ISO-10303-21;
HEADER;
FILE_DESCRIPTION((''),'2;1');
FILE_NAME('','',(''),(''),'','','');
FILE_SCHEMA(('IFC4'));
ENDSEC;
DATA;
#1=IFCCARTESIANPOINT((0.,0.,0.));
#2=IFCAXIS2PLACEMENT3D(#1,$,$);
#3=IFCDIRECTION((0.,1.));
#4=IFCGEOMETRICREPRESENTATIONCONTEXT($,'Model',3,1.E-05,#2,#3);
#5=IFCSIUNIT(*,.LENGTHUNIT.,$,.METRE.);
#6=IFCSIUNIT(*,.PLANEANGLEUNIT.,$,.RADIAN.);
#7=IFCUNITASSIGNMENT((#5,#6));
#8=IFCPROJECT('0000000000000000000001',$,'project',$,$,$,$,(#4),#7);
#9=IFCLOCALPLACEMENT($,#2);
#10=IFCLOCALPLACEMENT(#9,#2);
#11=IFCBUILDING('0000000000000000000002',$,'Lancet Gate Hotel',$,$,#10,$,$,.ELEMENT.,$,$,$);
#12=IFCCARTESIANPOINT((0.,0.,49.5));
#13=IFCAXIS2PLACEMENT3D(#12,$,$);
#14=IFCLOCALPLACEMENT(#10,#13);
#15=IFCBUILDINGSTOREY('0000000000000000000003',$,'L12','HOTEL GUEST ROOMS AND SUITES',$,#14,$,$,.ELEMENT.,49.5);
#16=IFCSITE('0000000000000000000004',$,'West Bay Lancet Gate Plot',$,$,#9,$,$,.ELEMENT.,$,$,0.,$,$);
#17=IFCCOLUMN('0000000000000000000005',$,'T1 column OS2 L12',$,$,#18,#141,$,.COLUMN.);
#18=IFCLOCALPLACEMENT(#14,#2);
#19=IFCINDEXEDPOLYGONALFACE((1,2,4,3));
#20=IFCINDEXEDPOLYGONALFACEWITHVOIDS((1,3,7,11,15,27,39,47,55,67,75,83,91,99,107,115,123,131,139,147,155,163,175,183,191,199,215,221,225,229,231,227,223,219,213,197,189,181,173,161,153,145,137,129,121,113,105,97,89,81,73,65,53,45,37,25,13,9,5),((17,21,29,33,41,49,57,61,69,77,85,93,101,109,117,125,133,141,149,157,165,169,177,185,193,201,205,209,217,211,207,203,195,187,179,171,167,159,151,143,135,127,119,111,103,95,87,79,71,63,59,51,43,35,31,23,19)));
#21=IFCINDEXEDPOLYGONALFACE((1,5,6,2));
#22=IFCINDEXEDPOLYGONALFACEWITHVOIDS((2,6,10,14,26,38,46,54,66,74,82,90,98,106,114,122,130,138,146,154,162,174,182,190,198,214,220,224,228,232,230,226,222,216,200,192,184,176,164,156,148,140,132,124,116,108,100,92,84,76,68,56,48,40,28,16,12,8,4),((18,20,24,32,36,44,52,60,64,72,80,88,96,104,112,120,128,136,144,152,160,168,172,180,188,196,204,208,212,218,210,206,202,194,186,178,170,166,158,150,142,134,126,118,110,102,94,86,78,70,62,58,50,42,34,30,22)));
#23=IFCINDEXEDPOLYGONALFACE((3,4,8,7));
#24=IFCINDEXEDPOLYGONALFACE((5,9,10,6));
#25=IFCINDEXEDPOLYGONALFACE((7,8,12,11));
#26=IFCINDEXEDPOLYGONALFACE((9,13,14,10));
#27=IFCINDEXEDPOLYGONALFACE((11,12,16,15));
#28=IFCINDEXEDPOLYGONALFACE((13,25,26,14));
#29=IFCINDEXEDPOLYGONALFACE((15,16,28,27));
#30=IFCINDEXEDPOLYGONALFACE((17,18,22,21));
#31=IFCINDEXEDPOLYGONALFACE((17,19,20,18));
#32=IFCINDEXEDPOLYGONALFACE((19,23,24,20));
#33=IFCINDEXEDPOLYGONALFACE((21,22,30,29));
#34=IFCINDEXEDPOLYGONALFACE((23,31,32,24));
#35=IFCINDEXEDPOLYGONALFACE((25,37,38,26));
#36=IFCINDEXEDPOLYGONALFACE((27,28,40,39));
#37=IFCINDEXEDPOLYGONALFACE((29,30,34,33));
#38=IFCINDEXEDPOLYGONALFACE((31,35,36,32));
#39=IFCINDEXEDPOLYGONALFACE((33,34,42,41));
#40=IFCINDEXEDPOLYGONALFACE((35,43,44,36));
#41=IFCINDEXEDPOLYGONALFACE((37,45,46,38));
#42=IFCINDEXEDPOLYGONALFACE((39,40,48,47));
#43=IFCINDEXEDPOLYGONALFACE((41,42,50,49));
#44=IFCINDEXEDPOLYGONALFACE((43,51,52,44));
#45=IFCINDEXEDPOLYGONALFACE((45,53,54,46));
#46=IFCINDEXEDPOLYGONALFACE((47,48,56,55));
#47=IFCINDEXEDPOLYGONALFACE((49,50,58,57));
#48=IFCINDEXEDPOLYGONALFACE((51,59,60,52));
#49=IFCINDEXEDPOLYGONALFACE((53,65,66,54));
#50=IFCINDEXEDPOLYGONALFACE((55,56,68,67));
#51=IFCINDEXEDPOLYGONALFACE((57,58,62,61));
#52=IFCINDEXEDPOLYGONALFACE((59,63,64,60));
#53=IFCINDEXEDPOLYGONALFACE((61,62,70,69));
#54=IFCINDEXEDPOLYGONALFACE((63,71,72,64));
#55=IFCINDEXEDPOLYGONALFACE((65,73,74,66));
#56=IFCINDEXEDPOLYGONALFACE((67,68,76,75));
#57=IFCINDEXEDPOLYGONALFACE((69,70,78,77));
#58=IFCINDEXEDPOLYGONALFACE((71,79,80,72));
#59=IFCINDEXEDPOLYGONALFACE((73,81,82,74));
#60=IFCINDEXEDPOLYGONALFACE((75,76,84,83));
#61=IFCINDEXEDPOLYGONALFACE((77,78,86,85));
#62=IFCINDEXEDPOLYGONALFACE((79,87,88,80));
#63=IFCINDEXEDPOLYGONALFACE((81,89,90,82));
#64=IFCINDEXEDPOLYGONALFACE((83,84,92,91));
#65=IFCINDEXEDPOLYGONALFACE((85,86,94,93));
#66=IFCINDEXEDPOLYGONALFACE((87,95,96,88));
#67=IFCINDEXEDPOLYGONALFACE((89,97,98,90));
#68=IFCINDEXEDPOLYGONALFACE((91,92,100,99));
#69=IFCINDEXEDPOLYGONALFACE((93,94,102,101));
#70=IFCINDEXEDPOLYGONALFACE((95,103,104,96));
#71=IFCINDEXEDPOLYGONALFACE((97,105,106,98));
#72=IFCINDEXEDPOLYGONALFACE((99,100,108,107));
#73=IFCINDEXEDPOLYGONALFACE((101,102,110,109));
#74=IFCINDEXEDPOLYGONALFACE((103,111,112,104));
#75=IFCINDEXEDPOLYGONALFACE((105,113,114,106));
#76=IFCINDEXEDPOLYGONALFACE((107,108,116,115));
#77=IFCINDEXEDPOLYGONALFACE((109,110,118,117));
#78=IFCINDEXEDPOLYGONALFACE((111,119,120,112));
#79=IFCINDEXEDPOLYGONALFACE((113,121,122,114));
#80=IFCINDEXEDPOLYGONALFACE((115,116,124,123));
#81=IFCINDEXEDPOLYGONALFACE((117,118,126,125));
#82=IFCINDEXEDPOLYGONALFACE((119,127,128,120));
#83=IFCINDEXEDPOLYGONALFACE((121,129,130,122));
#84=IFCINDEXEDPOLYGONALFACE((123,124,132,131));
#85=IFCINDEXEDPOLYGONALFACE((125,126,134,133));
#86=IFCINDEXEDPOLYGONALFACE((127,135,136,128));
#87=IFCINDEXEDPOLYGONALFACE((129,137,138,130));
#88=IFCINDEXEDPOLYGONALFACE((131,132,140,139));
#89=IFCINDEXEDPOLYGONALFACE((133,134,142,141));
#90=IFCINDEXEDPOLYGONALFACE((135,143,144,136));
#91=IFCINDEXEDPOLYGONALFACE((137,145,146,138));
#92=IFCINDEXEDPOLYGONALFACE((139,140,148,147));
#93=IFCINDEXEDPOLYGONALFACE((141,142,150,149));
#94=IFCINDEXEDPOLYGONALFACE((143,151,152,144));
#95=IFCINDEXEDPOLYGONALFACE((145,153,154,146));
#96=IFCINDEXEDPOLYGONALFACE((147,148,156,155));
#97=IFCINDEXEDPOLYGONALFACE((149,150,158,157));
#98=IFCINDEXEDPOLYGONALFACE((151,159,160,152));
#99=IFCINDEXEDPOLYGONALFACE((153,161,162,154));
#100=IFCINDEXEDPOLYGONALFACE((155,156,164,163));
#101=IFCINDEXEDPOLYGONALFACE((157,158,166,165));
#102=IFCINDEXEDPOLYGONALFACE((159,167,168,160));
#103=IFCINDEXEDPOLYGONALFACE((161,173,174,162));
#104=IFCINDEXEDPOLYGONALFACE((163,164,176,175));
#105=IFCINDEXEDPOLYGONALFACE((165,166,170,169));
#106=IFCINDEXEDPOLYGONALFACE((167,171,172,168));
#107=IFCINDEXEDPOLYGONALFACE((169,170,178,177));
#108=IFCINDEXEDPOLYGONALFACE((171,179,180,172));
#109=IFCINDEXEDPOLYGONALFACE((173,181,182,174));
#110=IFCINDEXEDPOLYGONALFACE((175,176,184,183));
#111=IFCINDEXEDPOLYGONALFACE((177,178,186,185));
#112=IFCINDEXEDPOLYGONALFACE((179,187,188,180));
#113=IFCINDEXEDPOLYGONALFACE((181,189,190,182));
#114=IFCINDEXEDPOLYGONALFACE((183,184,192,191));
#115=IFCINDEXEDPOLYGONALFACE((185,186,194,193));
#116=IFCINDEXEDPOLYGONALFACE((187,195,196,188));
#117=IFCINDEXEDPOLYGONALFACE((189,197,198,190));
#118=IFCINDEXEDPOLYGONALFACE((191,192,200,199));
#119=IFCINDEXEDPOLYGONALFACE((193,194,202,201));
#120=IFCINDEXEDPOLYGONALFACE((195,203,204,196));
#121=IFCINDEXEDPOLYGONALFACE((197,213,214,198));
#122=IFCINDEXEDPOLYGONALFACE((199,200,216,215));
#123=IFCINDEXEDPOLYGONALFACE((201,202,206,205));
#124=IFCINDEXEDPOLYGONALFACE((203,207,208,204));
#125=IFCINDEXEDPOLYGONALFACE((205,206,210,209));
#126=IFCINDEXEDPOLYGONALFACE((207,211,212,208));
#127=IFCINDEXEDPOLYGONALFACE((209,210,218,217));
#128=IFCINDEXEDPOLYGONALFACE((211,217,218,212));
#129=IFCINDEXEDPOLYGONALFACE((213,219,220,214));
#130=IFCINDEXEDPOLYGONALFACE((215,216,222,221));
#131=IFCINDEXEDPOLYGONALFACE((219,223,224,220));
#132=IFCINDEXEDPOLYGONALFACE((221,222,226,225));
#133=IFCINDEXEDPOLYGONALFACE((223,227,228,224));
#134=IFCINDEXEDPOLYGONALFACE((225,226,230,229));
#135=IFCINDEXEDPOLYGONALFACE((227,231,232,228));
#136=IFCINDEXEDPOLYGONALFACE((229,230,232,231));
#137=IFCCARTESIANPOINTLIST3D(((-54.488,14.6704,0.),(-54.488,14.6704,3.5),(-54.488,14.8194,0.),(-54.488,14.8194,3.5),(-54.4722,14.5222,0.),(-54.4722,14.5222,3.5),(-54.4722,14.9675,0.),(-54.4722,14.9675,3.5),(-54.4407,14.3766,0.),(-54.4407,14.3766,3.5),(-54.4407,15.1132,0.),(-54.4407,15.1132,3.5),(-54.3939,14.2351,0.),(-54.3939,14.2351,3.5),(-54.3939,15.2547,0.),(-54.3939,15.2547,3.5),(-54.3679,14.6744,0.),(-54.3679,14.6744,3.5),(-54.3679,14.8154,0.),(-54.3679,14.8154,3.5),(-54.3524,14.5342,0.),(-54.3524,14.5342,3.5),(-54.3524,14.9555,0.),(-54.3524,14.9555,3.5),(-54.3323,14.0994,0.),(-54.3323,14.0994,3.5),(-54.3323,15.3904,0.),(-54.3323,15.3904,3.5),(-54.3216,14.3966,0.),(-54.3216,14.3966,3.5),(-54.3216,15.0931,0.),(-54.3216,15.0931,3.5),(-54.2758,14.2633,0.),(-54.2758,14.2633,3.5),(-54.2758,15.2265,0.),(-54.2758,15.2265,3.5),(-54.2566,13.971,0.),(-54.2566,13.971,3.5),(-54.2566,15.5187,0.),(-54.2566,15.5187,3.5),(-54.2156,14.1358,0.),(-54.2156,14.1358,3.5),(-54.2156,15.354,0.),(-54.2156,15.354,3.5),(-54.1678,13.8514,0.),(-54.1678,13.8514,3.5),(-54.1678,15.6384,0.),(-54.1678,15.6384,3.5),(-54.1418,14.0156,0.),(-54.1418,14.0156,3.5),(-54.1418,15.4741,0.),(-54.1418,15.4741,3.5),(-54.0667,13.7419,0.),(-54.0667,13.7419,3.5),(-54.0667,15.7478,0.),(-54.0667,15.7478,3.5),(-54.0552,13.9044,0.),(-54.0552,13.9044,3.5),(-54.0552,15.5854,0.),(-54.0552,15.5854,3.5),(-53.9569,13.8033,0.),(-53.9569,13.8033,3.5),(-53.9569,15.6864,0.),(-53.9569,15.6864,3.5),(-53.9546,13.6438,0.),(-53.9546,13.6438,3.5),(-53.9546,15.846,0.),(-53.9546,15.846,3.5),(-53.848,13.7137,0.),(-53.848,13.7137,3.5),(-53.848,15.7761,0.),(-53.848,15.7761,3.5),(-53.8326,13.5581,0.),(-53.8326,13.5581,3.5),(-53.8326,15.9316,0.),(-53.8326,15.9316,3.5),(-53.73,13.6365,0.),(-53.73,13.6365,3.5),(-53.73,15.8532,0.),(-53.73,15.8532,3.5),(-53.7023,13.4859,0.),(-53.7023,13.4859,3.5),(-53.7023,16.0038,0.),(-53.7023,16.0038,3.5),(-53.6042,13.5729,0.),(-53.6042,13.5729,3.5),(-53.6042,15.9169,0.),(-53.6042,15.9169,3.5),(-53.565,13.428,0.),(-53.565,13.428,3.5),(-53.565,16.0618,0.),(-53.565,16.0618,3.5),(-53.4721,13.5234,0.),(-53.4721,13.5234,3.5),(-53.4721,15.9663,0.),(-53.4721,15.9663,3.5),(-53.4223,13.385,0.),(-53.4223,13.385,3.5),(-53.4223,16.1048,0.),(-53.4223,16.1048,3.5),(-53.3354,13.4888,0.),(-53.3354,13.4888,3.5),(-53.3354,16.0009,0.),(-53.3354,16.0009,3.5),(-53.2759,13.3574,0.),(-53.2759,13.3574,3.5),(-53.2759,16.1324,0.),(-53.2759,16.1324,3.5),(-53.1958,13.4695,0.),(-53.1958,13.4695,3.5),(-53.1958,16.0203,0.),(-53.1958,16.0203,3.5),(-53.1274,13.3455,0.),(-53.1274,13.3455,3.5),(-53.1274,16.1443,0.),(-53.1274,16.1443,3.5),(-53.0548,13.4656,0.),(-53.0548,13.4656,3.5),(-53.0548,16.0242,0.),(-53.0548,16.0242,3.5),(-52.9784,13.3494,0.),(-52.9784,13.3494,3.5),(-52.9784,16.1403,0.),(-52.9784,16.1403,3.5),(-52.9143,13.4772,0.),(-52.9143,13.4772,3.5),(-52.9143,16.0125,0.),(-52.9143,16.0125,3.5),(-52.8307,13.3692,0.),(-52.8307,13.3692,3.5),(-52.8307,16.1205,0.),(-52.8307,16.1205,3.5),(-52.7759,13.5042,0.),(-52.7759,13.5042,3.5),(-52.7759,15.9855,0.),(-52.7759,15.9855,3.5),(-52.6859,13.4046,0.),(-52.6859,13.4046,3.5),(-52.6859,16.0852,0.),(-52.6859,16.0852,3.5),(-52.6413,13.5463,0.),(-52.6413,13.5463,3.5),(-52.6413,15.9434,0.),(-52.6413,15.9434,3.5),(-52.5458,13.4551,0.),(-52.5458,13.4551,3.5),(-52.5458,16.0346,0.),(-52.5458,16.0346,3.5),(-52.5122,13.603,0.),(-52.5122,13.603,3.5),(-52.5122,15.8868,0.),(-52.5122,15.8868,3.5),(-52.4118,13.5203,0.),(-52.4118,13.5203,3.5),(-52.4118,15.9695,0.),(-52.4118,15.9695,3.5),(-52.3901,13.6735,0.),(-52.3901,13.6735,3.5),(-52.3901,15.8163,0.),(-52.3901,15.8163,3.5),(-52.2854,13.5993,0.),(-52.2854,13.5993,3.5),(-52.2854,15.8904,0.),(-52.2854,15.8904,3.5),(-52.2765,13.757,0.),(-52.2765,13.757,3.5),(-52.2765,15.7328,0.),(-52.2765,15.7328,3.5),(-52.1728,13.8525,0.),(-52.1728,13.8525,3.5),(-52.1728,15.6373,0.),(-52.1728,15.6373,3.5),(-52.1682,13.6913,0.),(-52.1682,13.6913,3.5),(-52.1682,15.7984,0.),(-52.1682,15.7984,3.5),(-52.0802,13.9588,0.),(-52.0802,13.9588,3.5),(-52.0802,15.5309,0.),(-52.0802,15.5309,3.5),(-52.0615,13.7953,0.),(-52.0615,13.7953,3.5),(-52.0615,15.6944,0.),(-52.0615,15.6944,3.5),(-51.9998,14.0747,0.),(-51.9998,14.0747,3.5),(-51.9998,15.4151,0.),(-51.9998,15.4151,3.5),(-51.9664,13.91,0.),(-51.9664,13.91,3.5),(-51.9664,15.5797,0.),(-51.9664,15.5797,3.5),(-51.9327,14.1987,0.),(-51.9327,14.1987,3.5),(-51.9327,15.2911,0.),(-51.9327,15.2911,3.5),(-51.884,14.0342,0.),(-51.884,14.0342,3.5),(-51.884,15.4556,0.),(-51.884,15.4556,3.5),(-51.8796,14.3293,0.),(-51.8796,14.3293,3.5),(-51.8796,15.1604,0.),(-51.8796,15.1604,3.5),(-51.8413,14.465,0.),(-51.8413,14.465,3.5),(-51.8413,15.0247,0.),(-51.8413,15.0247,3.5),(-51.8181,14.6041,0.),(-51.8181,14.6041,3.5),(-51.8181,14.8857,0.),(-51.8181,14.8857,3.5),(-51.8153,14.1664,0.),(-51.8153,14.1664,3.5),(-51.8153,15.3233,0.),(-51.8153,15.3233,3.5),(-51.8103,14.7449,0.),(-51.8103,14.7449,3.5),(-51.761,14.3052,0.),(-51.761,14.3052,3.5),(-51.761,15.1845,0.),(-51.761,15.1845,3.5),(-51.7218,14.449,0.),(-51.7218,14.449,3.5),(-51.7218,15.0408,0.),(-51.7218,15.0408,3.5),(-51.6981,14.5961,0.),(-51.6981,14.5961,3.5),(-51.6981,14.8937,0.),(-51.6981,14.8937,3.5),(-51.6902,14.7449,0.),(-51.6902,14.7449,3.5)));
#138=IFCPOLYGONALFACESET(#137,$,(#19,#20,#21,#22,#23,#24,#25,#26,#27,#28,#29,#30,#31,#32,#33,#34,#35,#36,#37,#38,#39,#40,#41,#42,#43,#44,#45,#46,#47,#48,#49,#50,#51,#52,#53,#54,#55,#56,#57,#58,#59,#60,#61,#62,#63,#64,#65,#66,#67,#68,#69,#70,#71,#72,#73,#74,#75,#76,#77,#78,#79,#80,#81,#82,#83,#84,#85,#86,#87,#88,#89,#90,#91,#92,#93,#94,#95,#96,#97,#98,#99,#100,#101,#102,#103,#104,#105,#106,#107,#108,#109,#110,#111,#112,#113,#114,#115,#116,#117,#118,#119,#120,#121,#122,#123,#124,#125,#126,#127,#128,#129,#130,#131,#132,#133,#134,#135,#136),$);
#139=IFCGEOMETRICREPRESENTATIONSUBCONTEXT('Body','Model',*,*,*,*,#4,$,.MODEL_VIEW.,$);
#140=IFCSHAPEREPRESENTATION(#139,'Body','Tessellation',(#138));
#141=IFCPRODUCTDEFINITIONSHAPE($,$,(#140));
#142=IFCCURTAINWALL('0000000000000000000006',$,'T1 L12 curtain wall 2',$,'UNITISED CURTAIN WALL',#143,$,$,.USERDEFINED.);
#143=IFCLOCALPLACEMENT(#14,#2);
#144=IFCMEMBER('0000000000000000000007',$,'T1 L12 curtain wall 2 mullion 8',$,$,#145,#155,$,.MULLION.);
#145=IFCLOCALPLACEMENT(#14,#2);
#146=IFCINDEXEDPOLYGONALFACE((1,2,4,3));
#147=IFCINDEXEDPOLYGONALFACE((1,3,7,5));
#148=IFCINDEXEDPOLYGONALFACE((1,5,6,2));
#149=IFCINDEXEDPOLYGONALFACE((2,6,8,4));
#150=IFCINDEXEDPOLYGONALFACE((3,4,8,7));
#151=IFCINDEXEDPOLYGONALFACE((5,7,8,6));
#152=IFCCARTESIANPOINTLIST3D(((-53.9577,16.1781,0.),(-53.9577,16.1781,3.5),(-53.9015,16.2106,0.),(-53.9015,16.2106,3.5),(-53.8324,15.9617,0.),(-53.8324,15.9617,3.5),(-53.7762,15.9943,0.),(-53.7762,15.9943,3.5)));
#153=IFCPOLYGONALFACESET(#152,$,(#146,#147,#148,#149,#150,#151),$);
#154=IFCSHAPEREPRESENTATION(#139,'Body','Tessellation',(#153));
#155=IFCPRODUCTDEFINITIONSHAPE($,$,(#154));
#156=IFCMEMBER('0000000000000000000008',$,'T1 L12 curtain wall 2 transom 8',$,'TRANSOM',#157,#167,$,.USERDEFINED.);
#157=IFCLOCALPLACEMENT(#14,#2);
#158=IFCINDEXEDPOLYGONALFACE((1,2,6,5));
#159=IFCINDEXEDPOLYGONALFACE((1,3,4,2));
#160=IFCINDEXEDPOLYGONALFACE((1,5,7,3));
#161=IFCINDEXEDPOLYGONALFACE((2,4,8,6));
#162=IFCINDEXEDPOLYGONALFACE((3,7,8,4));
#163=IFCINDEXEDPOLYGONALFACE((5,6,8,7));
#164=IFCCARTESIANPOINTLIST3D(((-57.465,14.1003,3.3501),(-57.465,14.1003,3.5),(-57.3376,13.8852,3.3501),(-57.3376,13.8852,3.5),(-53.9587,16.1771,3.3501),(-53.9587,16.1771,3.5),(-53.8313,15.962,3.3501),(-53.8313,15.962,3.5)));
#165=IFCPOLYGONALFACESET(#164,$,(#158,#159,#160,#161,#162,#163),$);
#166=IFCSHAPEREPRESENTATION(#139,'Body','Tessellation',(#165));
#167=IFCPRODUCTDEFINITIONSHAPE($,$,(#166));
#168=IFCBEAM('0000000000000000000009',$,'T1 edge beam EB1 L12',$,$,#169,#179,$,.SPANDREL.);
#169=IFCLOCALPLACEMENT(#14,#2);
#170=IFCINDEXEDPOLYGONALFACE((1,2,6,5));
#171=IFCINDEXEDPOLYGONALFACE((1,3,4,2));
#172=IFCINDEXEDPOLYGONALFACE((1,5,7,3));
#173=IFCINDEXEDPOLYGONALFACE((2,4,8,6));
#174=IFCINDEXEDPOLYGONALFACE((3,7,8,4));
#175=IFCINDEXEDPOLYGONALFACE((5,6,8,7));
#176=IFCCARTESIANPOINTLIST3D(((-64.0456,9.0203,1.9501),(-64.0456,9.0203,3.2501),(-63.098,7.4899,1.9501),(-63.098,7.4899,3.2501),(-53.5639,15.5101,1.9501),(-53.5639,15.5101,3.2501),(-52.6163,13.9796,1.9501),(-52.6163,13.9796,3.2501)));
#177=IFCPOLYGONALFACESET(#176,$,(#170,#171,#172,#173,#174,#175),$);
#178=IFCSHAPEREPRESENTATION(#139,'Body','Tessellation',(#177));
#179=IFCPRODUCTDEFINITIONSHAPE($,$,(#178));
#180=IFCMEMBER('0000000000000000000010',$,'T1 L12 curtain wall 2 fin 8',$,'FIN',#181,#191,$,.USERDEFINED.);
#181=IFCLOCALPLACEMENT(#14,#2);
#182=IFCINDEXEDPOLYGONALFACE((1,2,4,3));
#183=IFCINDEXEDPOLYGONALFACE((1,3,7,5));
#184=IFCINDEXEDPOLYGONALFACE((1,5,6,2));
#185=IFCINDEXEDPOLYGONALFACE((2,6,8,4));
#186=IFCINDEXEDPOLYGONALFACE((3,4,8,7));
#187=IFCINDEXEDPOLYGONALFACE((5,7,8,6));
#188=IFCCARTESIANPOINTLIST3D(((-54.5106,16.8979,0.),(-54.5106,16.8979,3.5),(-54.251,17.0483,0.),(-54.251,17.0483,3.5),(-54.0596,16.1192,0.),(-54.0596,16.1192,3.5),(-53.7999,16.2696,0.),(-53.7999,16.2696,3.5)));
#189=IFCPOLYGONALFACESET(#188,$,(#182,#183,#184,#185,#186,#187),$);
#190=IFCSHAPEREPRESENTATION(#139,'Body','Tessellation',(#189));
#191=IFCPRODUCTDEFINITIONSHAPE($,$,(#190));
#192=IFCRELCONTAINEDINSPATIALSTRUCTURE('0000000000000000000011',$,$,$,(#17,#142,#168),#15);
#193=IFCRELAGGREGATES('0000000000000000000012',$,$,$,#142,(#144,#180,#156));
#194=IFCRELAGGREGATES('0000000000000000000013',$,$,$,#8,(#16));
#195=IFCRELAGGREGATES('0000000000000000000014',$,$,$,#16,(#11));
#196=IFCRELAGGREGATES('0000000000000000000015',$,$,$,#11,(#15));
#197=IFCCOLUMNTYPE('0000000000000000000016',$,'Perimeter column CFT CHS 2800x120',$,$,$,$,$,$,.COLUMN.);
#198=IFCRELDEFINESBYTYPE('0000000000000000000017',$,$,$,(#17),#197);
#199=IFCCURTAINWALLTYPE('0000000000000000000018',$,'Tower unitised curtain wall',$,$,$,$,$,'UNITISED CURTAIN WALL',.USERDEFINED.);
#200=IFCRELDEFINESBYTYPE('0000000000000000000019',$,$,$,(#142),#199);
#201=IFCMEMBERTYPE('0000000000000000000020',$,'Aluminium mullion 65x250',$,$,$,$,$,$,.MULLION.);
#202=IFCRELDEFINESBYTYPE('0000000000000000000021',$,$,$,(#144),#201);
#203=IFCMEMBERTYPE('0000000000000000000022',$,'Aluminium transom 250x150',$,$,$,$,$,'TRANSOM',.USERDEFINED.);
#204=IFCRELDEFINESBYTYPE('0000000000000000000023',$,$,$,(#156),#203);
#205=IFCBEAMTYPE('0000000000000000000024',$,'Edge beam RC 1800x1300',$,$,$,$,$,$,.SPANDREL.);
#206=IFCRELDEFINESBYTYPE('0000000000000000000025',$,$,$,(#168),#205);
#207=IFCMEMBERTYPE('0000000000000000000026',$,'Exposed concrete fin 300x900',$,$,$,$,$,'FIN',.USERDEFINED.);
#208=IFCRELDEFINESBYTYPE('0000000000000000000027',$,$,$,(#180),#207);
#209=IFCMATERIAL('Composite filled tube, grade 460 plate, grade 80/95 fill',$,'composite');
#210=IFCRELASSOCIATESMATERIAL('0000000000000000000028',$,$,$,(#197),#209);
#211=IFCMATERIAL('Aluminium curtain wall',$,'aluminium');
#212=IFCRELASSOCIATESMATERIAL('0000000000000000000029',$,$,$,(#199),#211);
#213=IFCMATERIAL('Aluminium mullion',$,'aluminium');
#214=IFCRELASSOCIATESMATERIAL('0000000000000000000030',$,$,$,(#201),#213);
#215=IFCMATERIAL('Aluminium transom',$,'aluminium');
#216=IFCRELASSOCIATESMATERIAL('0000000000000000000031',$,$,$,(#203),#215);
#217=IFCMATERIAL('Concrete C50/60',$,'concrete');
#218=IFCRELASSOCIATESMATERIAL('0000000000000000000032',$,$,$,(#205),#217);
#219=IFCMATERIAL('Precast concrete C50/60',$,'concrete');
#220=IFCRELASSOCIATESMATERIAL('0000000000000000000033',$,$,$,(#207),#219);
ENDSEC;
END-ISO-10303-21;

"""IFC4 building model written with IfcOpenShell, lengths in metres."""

from ifc_helpers import new_model, si_unit, direction, frame, origin, origin_2d, place, context, subcontext, project, spatial, rectangle, hollow_circle, extrude, material, material_profile, profile_set, type_object, element, aggregate, save


model = new_model("IFC4")

# Units and contexts
model_context = context("Model", 3, precision=1e-05, world=origin(), true_north=direction((0.0, 1.0)))
body_context = subcontext(model_context, "Body", "Model", "MODEL_VIEW")
ifc_project = project(units=[si_unit("LENGTHUNIT", "METRE"), si_unit("PLANEANGLEUNIT", "RADIAN")], contexts=[model_context])

# Site, building, storey
site_placement = place(None, origin())
site = spatial("IfcSite", under=ifc_project, at=site_placement, Name="West Bay Lancet Gate Plot", CompositionType="ELEMENT", RefElevation=0.0)
building_placement = place(site_placement, origin())
building = spatial("IfcBuilding", under=site, at=building_placement, Name="Lancet Gate Hotel", CompositionType="ELEMENT")
storey_placement = place(building_placement, frame((0.0, 0.0, 49.5)))
storey = spatial("IfcBuildingStorey", under=building, at=storey_placement, Name="L12", Description="HOTEL GUEST ROOMS AND SUITES", CompositionType="ELEMENT", Elevation=49.5)

# Column
ifc_material_1 = material(Name="Composite filled tube, grade 460 plate, grade 80/95 fill", Category="composite")
ifc_material_profile_1 = material_profile(ifc_material_1, hollow_circle(Radius=1.3999, WallThickness=0.1201, at=origin_2d()), Name="CHS 2800x120")
ifc_profile_set_1 = profile_set([ifc_material_profile_1], Name="Composite filled tube, grade 460 plate, grade 80/95 fill")
column_type = type_object("IfcColumnType", Name="Perimeter column CFT CHS 2800x120", PredefinedType="COLUMN", material=ifc_profile_set_1)
column_placement = place(storey_placement, frame((-53.0901, 14.7449, 0.0), z_axis=(0.0, 0.0, 1.0), x_axis=(1.0, 0.0, 0.0)))
element("IfcColumn", 1, at=column_placement, inside=storey, type_object=column_type, Name="T1 column OS2 L12", PredefinedType="COLUMN", context=body_context, shape_type="SweptSolid", body=[
    extrude(hollow_circle(Radius=1.3999, WallThickness=0.1201, at=origin_2d()), origin(), (0.0, 0.0, 1.0), 3.5),
])

# Curtain wall, members
ifc_material_2 = material(Name="Aluminium curtain wall", Category="aluminium")
curtain_wall_type = type_object("IfcCurtainWallType", Name="Tower unitised curtain wall", ElementType="UNITISED CURTAIN WALL", PredefinedType="USERDEFINED", material=ifc_material_2)
curtain_wall_placement = place(storey_placement, origin())
curtain_wall = element("IfcCurtainWall", 2, at=curtain_wall_placement, inside=storey, type_object=curtain_wall_type, Name="T1 L12 curtain wall 2", ObjectType="UNITISED CURTAIN WALL", PredefinedType="USERDEFINED")
ifc_material_3 = material(Name="Aluminium mullion", Category="aluminium")
ifc_material_profile_2 = material_profile(ifc_material_3, rectangle(XDim=0.0649, YDim=0.25, at=origin_2d()), Name="MULLION 65x250")
ifc_profile_set_2 = profile_set([ifc_material_profile_2], Name="Aluminium mullion")
member_type_1 = type_object("IfcMemberType", Name="Aluminium mullion 65x250", PredefinedType="MULLION", material=ifc_profile_set_2)
member_1_placement = place(storey_placement, frame((-53.8669, 16.0862, 0.0), z_axis=(0.0, 0.0, 1.0), x_axis=(-0.865335, -0.501194, 0.0)))
member_1 = element("IfcMember", 3, at=member_1_placement, type_object=member_type_1, Name="T1 L12 curtain wall 2 mullion 8", PredefinedType="MULLION", context=body_context, shape_type="SweptSolid", body=[
    extrude(rectangle(XDim=0.0649, YDim=0.25, at=origin_2d()), origin(), (0.0, 0.0, 1.0), 3.5),
])
ifc_material_4 = material(Name="Aluminium transom", Category="aluminium")
ifc_material_profile_3 = material_profile(ifc_material_4, rectangle(XDim=0.25, YDim=0.1499, at=origin_2d()), Name="TRANSOM 250x150")
ifc_profile_set_3 = profile_set([ifc_material_profile_3], Name="Aluminium transom")
member_type_2 = type_object("IfcMemberType", Name="Aluminium transom 250x150", ElementType="TRANSOM", PredefinedType="USERDEFINED", material=ifc_profile_set_3)
member_2_placement = place(storey_placement, frame((-53.895, 16.0696, 3.425), z_axis=(-0.860392, -0.509633, 0.0), x_axis=(0.509633, -0.860392, 0.0)))
member_2 = element("IfcMember", 4, at=member_2_placement, type_object=member_type_2, Name="T1 L12 curtain wall 2 transom 8", ObjectType="TRANSOM", PredefinedType="USERDEFINED", context=body_context, shape_type="SweptSolid", body=[
    extrude(rectangle(XDim=0.25, YDim=0.1499, at=origin_2d()), origin(), (0.0, 0.0, 1.0), 4.0752),
])

# Beam
ifc_material_5 = material(Name="Concrete C50/60", Category="concrete")
ifc_material_profile_4 = material_profile(ifc_material_5, rectangle(XDim=1.8, YDim=1.3, at=origin_2d()), Name="RC 1800x1300")
ifc_profile_set_4 = profile_set([ifc_material_profile_4], Name="Concrete C50/60")
beam_type_1 = type_object("IfcBeamType", Name="Edge beam RC 1800x1300", PredefinedType="SPANDREL", material=ifc_profile_set_4)
beam_1_placement = place(storey_placement, frame((-53.0901, 14.7449, 2.6001), z_axis=(-0.850226, -0.526418, 0.0), x_axis=(0.526418, -0.850226, 0.0)))
element("IfcBeam", 5, at=beam_1_placement, inside=storey, type_object=beam_type_1, Name="T1 edge beam EB1 L12", PredefinedType="SPANDREL", context=body_context, shape_type="SweptSolid", body=[
    extrude(rectangle(XDim=1.8, YDim=1.3, at=origin_2d()), origin(), (0.0, 0.0, 1.0), 12.3281),
])

# Member
ifc_material_6 = material(Name="Precast concrete C50/60", Category="concrete")
ifc_material_profile_5 = material_profile(ifc_material_6, rectangle(XDim=0.3, YDim=0.8999, at=origin_2d()), Name="FIN 300x900")
ifc_profile_set_5 = profile_set([ifc_material_profile_5], Name="Precast concrete C50/60")
member_type_3 = type_object("IfcMemberType", Name="Exposed concrete fin 300x900", ElementType="FIN", PredefinedType="USERDEFINED", material=ifc_profile_set_5)
member_3_placement = place(storey_placement, frame((-54.1553, 16.5837, 0.0), z_axis=(0.0, 0.0, 1.0), x_axis=(-0.865335, -0.501194, 0.0)))
member_3 = element("IfcMember", 6, at=member_3_placement, type_object=member_type_3, Name="T1 L12 curtain wall 2 fin 8", ObjectType="FIN", PredefinedType="USERDEFINED", context=body_context, shape_type="SweptSolid", body=[
    extrude(rectangle(XDim=0.3, YDim=0.8999, at=origin_2d()), origin(), (0.0, 0.0, 1.0), 3.5),
])
aggregate(curtain_wall, [member_1, member_3, member_2])

save(model, "model.ifc")
